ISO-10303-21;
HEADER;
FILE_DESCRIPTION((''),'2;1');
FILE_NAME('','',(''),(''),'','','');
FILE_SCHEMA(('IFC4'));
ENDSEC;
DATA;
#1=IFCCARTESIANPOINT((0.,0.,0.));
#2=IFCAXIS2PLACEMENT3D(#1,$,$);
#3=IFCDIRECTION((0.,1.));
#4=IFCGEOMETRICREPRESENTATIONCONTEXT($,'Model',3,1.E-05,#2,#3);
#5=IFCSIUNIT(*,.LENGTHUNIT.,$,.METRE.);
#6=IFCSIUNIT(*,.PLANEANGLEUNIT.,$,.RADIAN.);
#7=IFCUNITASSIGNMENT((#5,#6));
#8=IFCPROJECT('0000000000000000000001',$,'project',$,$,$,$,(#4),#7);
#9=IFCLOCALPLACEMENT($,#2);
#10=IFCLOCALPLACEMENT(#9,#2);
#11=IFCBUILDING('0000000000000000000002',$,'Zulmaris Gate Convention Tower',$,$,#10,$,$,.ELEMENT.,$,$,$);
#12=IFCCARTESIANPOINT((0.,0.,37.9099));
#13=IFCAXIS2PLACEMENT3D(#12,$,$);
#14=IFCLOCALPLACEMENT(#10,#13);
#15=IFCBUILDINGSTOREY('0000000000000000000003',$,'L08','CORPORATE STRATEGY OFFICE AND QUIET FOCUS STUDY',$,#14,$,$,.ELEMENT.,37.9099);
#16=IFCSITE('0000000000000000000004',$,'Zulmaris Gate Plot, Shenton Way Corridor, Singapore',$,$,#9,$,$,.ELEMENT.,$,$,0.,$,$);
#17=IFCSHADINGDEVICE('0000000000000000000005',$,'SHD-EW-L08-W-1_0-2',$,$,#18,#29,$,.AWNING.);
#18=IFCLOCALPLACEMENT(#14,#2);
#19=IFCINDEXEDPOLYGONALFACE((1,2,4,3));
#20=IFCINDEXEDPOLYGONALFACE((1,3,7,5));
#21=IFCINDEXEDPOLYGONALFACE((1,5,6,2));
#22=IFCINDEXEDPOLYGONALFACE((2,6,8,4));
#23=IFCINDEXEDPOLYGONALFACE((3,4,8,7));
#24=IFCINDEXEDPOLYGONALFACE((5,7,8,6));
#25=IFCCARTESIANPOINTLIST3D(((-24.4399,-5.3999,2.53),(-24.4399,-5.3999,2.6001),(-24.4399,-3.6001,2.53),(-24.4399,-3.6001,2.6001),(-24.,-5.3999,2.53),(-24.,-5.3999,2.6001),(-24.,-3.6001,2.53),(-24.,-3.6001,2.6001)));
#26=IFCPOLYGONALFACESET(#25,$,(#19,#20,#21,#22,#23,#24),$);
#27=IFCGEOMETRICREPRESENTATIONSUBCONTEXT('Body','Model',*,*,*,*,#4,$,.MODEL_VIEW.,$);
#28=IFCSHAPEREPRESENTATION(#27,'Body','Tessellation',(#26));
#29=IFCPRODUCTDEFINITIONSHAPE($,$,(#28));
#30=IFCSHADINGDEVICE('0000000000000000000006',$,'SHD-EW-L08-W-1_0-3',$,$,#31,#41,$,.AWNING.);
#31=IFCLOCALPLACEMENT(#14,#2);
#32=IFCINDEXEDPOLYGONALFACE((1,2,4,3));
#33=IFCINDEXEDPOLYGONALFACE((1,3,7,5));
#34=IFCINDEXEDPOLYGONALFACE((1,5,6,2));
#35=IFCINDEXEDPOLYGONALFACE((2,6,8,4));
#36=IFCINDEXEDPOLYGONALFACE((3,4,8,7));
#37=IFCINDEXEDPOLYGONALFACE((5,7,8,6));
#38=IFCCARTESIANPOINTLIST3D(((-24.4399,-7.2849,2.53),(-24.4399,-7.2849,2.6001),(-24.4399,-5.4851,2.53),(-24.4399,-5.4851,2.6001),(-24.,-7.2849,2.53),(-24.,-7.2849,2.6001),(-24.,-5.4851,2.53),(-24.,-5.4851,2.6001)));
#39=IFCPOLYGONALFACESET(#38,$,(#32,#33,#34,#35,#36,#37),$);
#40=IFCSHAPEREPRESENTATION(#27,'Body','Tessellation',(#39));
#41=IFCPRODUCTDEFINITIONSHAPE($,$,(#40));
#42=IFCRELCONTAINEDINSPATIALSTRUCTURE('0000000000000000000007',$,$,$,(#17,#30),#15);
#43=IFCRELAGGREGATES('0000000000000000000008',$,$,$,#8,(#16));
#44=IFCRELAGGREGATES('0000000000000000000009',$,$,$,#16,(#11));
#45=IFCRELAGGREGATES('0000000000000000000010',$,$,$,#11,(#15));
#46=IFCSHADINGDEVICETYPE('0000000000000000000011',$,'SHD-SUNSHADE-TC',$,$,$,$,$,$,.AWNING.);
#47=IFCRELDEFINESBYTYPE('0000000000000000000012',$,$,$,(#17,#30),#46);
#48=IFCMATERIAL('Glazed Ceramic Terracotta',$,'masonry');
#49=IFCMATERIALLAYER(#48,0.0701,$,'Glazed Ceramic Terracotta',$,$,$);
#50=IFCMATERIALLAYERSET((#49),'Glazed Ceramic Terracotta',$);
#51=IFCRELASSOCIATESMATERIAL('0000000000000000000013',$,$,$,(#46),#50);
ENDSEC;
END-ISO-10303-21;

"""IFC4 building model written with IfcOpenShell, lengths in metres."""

from ifc_helpers import new_model, si_unit, direction, frame, frame_2d, origin, place, context, subcontext, project, spatial, rectangle, extrude, material, layer, layer_set, type_object, element, save


model = new_model("IFC4")

# Units and contexts
model_context = context("Model", 3, precision=1e-05, world=origin(), true_north=direction((0.0, 1.0)))
body_context = subcontext(model_context, "Body", "Model", "MODEL_VIEW")
ifc_project = project(units=[si_unit("LENGTHUNIT", "METRE"), si_unit("PLANEANGLEUNIT", "RADIAN")], contexts=[model_context])

# Site, building, storey
site_placement = place(None, origin())
site = spatial("IfcSite", under=ifc_project, at=site_placement, Name="Zulmaris Gate Plot, Shenton Way Corridor, Singapore", CompositionType="ELEMENT", RefElevation=0.0)
building_placement = place(site_placement, origin())
building = spatial("IfcBuilding", under=site, at=building_placement, Name="Zulmaris Gate Convention Tower", CompositionType="ELEMENT")
storey_placement = place(building_placement, frame((0.0, 0.0, 37.9099)))
storey = spatial("IfcBuildingStorey", under=building, at=storey_placement, Name="L08", Description="CORPORATE STRATEGY OFFICE AND QUIET FOCUS STUDY", CompositionType="ELEMENT", Elevation=37.9099)

# Shading devices
ifc_material_1 = material(Name="Glazed Ceramic Terracotta", Category="masonry")
ifc_layer_1 = layer(ifc_material_1, 0.0701, Name="Glazed Ceramic Terracotta")
ifc_layer_set_1 = layer_set([ifc_layer_1], Name="Glazed Ceramic Terracotta")
shading_device_type = type_object("IfcShadingDeviceType", Name="SHD-SUNSHADE-TC", PredefinedType="AWNING", material=ifc_layer_set_1)
for number, where, z_axis, x_axis, name in (
    (1, (-24.22, -3.6001, 2.53), (0.0, 0.0, 1.0), (0.0, -1.0, 0.0), "SHD-EW-L08-W-1_0-2"),
    (2, (-24.22, -5.4851, 2.53), (0.0, 0.0, 1.0), (0.0, -1.0, 0.0), "SHD-EW-L08-W-1_0-3"),
):
    element("IfcShadingDevice", number, at=place(storey_placement, frame(where, z_axis=z_axis, x_axis=x_axis)), inside=storey, type_object=shading_device_type, Name=name, PredefinedType="AWNING", context=body_context, shape_type="SweptSolid", body=[
        extrude(rectangle(XDim=1.7998, YDim=0.4399, at=frame_2d((0.8999, 0.0))), origin(), (0.0, 0.0, 1.0), 0.0701),
    ])

save(model, "model.ifc")
